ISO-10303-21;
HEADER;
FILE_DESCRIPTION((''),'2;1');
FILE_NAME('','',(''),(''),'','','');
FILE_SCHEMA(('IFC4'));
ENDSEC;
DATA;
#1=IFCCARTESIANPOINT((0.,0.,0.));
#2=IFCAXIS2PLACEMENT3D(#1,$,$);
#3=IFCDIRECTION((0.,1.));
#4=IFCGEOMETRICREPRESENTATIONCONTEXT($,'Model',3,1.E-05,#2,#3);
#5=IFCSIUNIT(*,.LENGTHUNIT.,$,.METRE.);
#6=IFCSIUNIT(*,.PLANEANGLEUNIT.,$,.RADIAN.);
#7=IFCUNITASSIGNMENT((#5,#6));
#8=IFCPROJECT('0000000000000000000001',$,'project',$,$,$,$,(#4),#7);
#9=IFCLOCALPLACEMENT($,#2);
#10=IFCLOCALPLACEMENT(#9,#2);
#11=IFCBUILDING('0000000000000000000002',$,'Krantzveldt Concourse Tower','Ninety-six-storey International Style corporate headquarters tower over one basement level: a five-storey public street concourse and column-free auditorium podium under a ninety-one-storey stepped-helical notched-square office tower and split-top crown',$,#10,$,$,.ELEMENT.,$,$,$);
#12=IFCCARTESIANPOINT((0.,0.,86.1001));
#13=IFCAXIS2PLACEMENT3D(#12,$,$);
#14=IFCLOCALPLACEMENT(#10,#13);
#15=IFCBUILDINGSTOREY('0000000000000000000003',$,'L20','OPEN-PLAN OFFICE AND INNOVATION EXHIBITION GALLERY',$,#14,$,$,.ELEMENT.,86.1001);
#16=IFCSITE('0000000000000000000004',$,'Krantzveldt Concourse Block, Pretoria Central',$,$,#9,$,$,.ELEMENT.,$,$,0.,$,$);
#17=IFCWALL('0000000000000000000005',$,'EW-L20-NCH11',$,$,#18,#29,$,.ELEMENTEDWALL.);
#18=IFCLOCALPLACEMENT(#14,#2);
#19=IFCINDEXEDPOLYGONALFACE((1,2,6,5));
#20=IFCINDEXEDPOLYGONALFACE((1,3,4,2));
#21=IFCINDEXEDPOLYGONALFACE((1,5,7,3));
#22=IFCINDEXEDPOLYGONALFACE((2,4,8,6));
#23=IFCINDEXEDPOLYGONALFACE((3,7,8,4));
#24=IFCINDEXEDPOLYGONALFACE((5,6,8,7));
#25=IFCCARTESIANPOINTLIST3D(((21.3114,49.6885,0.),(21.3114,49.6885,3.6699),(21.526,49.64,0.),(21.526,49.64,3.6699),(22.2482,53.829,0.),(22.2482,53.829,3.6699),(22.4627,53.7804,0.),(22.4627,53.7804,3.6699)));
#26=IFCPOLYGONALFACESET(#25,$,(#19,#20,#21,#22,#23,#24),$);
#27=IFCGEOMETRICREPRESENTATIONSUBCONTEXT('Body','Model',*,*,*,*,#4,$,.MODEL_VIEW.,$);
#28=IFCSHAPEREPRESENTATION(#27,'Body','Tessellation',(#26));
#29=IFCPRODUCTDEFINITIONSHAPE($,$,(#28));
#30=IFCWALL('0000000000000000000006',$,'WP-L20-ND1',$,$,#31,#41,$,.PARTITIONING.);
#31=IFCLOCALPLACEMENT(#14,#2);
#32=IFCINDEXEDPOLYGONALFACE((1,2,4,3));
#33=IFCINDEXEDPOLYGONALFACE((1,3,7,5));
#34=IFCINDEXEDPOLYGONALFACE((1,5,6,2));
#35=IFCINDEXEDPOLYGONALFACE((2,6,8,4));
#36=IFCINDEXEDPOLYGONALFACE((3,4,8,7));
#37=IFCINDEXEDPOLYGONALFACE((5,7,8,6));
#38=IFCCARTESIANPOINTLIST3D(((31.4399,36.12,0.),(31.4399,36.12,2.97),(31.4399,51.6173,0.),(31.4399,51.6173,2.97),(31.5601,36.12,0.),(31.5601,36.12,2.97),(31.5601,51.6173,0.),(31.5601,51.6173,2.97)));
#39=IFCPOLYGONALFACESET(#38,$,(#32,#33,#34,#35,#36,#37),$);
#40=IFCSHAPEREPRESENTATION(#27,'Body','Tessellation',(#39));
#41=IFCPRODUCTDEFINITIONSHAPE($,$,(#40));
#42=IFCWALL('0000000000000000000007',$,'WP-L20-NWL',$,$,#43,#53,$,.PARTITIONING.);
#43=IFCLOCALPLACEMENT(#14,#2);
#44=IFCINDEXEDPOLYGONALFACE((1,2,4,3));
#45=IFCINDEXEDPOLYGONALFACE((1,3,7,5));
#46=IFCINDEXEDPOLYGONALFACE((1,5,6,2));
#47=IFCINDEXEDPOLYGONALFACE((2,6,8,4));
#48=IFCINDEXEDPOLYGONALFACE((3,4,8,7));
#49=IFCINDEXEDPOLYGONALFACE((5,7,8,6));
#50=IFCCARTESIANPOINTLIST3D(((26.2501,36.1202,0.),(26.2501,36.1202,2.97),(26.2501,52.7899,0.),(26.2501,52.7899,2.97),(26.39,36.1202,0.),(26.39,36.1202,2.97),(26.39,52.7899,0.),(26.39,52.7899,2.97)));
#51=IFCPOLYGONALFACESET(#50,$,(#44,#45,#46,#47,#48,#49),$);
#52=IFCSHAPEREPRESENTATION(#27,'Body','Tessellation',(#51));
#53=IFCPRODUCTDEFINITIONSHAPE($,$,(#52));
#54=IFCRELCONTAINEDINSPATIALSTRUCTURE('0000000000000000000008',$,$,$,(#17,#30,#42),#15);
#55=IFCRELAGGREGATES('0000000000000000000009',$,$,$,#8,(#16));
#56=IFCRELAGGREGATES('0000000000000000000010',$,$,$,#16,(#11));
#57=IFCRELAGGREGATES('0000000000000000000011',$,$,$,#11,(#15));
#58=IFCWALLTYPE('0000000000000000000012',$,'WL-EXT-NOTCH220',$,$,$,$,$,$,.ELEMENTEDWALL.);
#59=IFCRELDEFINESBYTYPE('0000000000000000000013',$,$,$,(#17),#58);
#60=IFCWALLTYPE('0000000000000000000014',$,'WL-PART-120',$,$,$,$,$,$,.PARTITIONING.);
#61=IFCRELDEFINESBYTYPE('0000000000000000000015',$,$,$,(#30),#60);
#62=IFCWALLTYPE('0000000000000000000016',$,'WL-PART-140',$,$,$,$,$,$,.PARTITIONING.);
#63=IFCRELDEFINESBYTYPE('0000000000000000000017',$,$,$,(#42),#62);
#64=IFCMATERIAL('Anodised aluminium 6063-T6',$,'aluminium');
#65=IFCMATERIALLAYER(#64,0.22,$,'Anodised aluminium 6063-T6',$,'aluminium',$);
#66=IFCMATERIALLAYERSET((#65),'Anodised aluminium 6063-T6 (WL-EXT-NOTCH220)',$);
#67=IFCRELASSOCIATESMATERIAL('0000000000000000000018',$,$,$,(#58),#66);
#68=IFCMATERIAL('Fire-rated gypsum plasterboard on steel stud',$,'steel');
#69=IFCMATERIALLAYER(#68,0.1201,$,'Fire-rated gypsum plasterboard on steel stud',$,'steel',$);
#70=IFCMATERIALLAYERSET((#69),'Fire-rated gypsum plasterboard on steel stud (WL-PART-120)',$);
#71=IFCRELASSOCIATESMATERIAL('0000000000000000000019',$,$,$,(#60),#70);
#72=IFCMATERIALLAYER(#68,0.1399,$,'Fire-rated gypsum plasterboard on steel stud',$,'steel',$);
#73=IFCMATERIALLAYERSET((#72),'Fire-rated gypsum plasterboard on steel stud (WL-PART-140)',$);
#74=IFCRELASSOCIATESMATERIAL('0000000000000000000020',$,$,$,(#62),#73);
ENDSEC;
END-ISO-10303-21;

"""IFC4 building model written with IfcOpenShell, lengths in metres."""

from ifc_helpers import new_model, si_unit, direction, frame, frame_2d, origin, place, context, subcontext, project, spatial, rectangle, extrude, material, layer, layer_set, type_object, element, save


model = new_model("IFC4")

# Units and contexts
model_context = context("Model", 3, precision=1e-05, world=origin(), true_north=direction((0.0, 1.0)))
body_context = subcontext(model_context, "Body", "Model", "MODEL_VIEW")
ifc_project = project(units=[si_unit("LENGTHUNIT", "METRE"), si_unit("PLANEANGLEUNIT", "RADIAN")], contexts=[model_context])

# Site, building, storey
site_placement = place(None, origin())
site = spatial("IfcSite", under=ifc_project, at=site_placement, Name="Krantzveldt Concourse Block, Pretoria Central", CompositionType="ELEMENT", RefElevation=0.0)
building_placement = place(site_placement, origin())
building = spatial("IfcBuilding", under=site, at=building_placement, Name="Krantzveldt Concourse Tower", Description="Ninety-six-storey International Style corporate headquarters tower over one basement level: a five-storey public street concourse and column-free auditorium podium under a ninety-one-storey stepped-helical notched-square office tower and split-top crown", CompositionType="ELEMENT")
storey_placement = place(building_placement, frame((0.0, 0.0, 86.1001)))
storey = spatial("IfcBuildingStorey", under=building, at=storey_placement, Name="L20", Description="OPEN-PLAN OFFICE AND INNOVATION EXHIBITION GALLERY", CompositionType="ELEMENT", Elevation=86.1001)

# Shared definitions
ifc_material_1 = material(Name="Anodised aluminium 6063-T6", Category="aluminium")

# Walls
ifc_layer_1 = layer(ifc_material_1, 0.22, Name="Anodised aluminium 6063-T6", Category="aluminium")
ifc_layer_set_1 = layer_set([ifc_layer_1], Name="Anodised aluminium 6063-T6 (WL-EXT-NOTCH220)")
wall_type_1 = type_object("IfcWallType", Name="WL-EXT-NOTCH220", PredefinedType="ELEMENTEDWALL", material=ifc_layer_set_1)
wall_1_placement = place(storey_placement, frame((22.3555, 53.8047, 0.0), z_axis=(0.0, 0.0, 1.0), x_axis=(-0.220674, -0.975348, 0.0)))
element("IfcWall", 1, at=wall_1_placement, inside=storey, type_object=wall_type_1, Name="EW-L20-NCH11", PredefinedType="ELEMENTEDWALL", context=body_context, shape_type="SweptSolid", body=[
    extrude(rectangle(XDim=4.2451, YDim=0.22, at=frame_2d((2.1226, 0.0))), origin(), (0.0, 0.0, 1.0), 3.6699),
])
ifc_material_2 = material(Name="Fire-rated gypsum plasterboard on steel stud", Category="steel")
ifc_layer_2 = layer(ifc_material_2, 0.1201, Name="Fire-rated gypsum plasterboard on steel stud", Category="steel")
ifc_layer_set_2 = layer_set([ifc_layer_2], Name="Fire-rated gypsum plasterboard on steel stud (WL-PART-120)")
wall_type_2 = type_object("IfcWallType", Name="WL-PART-120", PredefinedType="PARTITIONING", material=ifc_layer_set_2)
wall_2_placement = place(storey_placement, frame((31.5, 36.1201, 0.0), z_axis=(0.0, 0.0, 1.0), x_axis=(0.0, 1.0, 0.0)))
element("IfcWall", 2, at=wall_2_placement, inside=storey, type_object=wall_type_2, Name="WP-L20-ND1", PredefinedType="PARTITIONING", context=body_context, shape_type="SweptSolid", body=[
    extrude(rectangle(XDim=15.4973, YDim=0.1201, at=frame_2d((7.7485, 0.0))), origin(), (0.0, 0.0, 1.0), 2.97),
])
ifc_layer_3 = layer(ifc_material_2, 0.1399, Name="Fire-rated gypsum plasterboard on steel stud", Category="steel")
ifc_layer_set_3 = layer_set([ifc_layer_3], Name="Fire-rated gypsum plasterboard on steel stud (WL-PART-140)")
wall_type_3 = type_object("IfcWallType", Name="WL-PART-140", PredefinedType="PARTITIONING", material=ifc_layer_set_3)
wall_3_placement = place(storey_placement, frame((26.3201, 36.1201, 0.0), z_axis=(0.0, 0.0, 1.0), x_axis=(0.0, 1.0, 0.0)))
element("IfcWall", 3, at=wall_3_placement, inside=storey, type_object=wall_type_3, Name="WP-L20-NWL", PredefinedType="PARTITIONING", context=body_context, shape_type="SweptSolid", body=[
    extrude(rectangle(XDim=16.6697, YDim=0.1399, at=frame_2d((8.335, 0.0))), origin(), (0.0, 0.0, 1.0), 2.97),
])

save(model, "model.ifc")
